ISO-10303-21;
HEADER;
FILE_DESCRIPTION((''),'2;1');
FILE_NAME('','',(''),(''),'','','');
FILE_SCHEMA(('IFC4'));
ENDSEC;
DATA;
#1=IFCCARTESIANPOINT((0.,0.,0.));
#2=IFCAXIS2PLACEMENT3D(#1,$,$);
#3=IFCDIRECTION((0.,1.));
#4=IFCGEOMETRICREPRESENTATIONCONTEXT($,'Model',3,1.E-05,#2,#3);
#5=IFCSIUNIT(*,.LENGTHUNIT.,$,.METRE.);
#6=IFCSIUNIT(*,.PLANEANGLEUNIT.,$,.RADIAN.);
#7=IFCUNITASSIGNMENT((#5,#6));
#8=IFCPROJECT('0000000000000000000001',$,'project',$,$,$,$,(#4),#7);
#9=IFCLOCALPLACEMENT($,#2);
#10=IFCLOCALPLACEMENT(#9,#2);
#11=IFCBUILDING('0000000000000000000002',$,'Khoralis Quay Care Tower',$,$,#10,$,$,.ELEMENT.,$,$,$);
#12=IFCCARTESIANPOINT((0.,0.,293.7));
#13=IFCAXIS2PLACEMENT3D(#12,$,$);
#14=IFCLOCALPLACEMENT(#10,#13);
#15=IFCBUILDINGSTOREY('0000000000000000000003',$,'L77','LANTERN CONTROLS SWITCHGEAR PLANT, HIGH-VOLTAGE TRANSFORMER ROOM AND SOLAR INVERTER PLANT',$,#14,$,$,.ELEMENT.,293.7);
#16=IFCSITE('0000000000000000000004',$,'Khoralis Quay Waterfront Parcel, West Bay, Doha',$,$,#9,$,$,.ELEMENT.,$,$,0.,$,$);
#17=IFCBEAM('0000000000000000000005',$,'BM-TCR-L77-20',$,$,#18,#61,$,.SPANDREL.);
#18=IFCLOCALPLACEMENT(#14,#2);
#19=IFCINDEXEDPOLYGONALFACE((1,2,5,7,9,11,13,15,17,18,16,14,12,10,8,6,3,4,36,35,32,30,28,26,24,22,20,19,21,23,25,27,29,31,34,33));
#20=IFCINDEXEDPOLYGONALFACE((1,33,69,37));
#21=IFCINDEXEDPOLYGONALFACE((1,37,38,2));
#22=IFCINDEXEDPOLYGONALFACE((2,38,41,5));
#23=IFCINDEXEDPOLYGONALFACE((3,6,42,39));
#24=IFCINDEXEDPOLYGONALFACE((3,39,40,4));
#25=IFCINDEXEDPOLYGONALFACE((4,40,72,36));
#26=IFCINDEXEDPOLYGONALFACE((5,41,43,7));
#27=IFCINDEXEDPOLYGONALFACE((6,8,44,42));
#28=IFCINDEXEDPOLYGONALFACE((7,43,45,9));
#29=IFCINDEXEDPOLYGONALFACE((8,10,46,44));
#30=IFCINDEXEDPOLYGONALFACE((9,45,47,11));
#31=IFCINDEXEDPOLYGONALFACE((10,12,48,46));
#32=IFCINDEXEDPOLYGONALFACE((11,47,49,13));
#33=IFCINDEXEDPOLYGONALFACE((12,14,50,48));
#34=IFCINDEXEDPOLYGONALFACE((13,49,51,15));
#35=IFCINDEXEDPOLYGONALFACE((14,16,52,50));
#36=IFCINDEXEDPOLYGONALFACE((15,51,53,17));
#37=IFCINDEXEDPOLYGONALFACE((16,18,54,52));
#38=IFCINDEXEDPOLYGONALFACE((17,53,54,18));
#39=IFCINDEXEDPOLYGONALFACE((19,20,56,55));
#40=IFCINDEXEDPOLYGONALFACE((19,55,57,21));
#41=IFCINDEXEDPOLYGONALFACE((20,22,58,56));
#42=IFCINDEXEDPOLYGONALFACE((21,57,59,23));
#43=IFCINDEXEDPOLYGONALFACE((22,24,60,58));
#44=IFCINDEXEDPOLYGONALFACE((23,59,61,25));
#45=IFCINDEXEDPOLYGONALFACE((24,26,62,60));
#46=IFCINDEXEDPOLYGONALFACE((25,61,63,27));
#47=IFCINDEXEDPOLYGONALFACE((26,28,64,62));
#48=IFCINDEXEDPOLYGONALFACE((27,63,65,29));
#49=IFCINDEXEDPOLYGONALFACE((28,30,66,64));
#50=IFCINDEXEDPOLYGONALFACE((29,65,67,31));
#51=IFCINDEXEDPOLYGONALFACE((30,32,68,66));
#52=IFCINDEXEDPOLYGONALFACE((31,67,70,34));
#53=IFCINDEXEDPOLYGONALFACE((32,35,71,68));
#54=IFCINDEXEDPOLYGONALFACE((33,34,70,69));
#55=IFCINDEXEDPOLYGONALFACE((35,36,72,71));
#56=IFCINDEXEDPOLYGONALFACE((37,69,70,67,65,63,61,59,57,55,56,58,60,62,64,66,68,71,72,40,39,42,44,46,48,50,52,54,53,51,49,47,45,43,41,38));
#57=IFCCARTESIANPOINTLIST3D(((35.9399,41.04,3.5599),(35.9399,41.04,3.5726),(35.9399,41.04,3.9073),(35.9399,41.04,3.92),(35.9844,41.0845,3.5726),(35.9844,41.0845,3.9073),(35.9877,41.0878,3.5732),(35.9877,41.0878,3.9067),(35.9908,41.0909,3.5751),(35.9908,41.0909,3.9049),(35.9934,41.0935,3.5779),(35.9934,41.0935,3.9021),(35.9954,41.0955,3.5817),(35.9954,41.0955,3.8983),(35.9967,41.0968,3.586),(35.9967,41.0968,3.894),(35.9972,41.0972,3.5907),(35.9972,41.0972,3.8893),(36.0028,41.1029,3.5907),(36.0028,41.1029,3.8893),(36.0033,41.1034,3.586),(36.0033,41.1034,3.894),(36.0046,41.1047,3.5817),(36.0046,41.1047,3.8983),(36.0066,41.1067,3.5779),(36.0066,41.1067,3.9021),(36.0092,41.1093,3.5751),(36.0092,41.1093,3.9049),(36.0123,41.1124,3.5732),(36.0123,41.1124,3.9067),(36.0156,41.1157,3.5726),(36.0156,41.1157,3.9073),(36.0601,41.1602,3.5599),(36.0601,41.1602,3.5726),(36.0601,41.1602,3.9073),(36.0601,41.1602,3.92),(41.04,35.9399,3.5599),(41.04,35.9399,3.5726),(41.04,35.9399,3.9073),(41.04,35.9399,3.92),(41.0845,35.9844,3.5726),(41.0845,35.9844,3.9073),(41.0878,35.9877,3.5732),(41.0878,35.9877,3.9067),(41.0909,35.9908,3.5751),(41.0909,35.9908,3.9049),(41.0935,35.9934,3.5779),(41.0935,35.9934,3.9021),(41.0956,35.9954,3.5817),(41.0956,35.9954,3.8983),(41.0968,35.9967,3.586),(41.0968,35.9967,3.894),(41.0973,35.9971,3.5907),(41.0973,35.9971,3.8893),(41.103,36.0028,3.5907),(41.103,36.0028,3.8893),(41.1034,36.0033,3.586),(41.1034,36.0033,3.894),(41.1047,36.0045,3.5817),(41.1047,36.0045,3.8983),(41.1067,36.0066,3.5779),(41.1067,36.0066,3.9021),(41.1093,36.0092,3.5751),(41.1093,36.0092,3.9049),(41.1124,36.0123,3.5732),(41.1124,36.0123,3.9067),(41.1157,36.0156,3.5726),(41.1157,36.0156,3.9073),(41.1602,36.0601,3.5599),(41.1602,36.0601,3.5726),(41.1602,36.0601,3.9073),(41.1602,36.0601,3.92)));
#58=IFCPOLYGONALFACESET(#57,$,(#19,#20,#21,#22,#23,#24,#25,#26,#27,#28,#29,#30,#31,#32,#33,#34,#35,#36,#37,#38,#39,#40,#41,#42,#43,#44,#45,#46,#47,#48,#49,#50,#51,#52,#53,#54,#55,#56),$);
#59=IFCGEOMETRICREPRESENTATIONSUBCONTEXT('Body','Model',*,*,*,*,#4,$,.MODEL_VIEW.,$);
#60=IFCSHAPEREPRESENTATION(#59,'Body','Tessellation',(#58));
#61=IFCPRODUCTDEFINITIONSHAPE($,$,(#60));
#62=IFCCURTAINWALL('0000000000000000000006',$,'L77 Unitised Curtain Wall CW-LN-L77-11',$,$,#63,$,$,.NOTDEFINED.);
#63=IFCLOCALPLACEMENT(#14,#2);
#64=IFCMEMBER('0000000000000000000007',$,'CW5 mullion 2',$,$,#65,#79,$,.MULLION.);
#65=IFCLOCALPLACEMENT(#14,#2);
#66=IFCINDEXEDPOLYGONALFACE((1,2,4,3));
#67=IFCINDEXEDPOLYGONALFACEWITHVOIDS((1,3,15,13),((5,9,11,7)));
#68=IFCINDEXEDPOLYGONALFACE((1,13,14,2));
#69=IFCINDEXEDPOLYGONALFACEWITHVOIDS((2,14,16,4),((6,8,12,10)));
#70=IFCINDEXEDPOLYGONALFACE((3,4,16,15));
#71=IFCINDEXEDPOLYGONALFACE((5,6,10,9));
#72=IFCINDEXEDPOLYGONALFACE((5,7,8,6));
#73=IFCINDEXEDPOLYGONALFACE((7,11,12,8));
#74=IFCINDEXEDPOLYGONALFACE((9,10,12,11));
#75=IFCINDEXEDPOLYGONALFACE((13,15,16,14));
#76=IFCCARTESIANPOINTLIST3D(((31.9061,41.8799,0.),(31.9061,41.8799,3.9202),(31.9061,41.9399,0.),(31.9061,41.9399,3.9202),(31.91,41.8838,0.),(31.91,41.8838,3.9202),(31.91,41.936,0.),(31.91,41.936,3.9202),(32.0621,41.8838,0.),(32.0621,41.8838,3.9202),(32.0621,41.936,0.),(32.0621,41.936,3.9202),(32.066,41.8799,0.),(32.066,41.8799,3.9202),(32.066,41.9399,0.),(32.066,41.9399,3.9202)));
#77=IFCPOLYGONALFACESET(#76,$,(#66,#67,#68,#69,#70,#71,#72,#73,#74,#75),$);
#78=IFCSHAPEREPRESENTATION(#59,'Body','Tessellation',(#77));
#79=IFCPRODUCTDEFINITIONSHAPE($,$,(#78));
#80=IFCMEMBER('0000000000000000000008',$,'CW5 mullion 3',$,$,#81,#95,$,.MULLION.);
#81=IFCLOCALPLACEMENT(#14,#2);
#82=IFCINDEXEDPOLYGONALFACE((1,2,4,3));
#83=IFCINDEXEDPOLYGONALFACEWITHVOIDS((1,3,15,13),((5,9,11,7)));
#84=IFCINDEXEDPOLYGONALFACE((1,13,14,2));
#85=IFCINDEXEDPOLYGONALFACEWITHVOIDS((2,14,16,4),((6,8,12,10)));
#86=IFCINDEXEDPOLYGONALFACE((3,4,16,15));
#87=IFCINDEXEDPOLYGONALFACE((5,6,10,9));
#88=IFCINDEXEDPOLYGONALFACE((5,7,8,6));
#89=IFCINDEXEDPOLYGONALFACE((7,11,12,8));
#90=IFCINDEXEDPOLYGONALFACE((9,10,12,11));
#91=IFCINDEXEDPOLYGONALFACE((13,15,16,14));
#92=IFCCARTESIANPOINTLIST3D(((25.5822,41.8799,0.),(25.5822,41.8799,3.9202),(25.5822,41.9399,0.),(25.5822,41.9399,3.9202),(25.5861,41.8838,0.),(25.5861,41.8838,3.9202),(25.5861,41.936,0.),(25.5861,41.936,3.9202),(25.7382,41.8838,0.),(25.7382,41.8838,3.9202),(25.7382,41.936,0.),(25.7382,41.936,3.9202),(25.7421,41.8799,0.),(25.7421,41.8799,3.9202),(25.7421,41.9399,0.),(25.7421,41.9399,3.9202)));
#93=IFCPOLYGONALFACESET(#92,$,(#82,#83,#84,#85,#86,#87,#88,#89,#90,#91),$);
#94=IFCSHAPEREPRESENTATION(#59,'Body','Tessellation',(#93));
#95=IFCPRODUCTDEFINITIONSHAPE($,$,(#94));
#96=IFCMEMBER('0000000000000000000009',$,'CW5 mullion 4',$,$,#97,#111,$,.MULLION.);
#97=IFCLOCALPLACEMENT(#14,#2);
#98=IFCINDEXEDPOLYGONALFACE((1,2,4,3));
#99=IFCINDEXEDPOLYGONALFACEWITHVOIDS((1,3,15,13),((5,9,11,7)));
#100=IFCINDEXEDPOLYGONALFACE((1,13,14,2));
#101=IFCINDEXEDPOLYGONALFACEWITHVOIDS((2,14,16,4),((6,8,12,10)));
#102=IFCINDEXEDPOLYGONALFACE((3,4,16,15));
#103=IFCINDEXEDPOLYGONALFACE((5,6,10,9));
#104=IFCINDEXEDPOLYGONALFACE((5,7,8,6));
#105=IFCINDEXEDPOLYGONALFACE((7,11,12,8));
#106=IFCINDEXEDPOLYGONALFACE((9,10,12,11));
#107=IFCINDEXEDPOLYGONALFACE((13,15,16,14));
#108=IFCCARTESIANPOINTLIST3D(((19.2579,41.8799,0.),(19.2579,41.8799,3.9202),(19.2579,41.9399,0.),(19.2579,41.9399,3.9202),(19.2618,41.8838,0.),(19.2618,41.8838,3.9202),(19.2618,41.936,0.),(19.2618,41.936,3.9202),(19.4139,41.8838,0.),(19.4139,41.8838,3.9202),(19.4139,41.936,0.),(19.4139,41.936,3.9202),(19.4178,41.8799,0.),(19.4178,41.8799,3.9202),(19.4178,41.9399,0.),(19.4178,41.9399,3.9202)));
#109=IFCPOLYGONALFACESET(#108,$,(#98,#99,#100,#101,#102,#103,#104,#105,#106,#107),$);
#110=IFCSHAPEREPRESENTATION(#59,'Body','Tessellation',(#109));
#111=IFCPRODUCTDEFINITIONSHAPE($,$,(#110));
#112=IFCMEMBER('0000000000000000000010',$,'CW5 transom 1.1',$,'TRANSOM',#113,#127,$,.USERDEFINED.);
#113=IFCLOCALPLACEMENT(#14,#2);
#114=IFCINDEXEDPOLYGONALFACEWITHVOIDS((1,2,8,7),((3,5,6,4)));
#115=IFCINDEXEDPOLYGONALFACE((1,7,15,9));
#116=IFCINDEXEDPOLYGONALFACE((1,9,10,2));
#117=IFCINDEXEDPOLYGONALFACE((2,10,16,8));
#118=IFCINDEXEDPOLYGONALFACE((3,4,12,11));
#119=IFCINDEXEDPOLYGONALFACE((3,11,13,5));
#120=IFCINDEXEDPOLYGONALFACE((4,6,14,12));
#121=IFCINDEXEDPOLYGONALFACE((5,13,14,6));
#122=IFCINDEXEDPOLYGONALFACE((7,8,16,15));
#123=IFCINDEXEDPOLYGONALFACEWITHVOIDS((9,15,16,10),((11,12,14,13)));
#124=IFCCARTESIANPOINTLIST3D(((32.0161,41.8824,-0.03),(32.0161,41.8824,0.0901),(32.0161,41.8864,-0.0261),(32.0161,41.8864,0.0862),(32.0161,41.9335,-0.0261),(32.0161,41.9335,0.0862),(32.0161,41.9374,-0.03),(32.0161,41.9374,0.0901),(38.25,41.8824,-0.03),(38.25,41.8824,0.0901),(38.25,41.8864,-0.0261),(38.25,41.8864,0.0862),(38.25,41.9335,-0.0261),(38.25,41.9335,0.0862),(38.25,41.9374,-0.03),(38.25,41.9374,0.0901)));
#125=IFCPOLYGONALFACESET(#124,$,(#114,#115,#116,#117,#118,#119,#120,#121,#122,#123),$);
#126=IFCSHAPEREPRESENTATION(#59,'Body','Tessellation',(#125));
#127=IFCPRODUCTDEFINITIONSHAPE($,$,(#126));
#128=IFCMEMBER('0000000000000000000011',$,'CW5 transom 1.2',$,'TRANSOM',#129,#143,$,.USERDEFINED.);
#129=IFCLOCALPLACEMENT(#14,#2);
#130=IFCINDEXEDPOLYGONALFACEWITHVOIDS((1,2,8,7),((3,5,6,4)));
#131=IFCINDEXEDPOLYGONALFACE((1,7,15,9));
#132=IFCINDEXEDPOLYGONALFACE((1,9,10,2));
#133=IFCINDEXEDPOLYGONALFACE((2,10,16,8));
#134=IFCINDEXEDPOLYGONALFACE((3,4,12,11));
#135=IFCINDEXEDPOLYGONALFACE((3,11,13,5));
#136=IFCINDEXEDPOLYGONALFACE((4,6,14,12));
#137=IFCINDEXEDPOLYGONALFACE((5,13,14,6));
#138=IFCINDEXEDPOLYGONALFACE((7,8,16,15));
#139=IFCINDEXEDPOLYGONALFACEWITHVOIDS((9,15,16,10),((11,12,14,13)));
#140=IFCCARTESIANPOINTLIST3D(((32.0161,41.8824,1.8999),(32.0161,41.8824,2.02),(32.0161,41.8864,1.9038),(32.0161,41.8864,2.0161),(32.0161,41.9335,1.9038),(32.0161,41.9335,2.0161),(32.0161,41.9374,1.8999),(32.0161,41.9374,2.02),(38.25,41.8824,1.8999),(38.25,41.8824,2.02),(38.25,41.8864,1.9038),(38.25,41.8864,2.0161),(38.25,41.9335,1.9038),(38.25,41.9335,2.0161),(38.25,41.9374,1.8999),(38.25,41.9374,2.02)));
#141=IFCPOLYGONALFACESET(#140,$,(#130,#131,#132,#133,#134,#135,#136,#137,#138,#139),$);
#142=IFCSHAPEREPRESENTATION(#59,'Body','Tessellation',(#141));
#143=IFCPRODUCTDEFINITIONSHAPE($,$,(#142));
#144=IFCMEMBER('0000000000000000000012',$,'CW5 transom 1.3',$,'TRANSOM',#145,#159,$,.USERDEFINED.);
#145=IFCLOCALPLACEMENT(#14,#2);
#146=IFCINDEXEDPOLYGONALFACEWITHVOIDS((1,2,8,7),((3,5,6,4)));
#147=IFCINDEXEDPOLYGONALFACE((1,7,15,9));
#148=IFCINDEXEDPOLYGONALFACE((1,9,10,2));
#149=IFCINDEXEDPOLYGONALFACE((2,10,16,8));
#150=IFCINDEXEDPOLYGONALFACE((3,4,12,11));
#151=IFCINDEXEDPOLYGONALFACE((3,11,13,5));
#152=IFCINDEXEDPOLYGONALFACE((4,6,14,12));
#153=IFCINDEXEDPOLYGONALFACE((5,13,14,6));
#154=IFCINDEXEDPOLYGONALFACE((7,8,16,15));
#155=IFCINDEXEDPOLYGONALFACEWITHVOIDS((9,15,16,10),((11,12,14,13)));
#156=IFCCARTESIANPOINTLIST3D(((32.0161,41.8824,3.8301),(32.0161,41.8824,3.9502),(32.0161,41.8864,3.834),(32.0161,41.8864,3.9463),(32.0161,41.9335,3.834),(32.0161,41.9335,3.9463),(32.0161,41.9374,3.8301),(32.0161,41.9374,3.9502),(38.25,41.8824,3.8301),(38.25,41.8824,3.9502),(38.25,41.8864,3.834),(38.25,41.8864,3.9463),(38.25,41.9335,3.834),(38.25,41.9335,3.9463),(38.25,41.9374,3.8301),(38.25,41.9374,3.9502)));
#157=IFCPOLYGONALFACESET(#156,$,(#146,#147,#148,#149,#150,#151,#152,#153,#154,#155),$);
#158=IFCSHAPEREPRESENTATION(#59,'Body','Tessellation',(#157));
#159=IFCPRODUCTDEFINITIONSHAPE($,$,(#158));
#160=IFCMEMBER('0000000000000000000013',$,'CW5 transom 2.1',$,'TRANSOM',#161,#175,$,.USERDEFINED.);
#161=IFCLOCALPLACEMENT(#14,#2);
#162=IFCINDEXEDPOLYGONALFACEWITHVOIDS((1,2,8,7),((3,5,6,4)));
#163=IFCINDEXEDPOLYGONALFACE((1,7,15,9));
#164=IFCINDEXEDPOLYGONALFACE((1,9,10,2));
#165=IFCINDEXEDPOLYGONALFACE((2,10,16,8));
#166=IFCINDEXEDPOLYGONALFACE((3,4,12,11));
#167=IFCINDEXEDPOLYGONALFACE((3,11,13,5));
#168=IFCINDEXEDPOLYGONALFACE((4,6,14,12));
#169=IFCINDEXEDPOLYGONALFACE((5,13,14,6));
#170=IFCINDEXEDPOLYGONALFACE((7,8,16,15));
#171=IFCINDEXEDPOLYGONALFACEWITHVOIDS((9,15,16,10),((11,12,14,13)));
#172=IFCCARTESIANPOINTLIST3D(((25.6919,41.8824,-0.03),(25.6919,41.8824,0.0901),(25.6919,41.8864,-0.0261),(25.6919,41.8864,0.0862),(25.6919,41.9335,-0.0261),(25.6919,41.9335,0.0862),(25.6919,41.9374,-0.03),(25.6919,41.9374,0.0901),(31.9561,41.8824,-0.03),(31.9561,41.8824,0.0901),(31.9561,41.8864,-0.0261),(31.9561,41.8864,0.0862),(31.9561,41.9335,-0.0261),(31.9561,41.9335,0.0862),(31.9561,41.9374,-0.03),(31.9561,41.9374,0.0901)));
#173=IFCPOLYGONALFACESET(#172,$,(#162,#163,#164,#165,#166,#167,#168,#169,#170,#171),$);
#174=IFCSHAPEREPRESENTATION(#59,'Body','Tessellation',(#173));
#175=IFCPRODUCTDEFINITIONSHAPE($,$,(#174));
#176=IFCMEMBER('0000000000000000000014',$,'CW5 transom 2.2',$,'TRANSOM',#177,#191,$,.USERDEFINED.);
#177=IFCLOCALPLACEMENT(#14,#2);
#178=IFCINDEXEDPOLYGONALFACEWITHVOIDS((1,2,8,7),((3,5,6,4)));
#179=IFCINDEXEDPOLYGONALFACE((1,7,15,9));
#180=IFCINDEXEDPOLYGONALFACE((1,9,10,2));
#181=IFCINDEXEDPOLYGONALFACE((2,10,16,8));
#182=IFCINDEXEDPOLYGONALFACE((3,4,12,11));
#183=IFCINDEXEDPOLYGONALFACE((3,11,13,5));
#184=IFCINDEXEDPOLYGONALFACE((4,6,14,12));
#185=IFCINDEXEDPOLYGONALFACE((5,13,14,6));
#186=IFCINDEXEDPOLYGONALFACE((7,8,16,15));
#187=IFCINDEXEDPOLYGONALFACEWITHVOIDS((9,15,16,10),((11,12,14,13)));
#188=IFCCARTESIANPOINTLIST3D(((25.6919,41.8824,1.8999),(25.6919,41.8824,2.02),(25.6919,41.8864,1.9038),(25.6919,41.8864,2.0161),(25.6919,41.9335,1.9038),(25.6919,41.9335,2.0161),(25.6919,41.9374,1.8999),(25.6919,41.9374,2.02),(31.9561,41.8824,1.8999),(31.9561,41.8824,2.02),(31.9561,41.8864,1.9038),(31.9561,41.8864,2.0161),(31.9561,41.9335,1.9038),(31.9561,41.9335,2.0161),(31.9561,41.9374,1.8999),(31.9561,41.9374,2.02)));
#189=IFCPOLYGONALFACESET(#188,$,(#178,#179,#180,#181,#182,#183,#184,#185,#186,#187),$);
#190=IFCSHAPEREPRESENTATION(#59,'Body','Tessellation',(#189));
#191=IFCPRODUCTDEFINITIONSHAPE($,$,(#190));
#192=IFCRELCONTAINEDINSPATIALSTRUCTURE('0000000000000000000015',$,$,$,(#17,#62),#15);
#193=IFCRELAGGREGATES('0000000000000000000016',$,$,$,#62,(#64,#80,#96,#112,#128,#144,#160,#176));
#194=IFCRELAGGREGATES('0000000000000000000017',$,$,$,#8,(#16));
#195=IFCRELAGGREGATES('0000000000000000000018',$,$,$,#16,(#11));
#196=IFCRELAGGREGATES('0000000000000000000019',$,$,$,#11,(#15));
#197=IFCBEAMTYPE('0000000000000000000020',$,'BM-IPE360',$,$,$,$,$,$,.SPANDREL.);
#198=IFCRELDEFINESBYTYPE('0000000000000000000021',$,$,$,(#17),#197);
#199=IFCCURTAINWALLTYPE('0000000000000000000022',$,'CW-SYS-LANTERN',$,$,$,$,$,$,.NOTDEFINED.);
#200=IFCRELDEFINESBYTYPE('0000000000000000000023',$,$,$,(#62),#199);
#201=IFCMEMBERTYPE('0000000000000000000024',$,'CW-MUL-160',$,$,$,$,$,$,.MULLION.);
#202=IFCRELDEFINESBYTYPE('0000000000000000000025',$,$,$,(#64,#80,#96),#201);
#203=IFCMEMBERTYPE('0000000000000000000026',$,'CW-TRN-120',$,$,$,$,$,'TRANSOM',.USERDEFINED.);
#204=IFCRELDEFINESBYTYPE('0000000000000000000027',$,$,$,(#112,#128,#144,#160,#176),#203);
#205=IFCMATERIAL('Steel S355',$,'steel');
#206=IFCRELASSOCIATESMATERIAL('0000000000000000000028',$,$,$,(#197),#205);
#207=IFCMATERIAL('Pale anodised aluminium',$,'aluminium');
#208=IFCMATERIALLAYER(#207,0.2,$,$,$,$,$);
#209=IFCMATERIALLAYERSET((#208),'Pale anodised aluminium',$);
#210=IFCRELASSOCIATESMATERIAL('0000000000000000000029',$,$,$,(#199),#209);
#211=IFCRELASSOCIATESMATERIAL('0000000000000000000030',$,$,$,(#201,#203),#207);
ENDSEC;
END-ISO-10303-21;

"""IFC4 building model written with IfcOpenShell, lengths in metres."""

from ifc_helpers import new_model, si_unit, direction, frame, origin, origin_2d, place, context, subcontext, project, spatial, hollow_rectangle, i_section, extrude, source, transform, mapped, material, layer, layer_set, material_profile, profile_set, type_object, element, aggregate, save


model = new_model("IFC4")

# Units and contexts
model_context = context("Model", 3, precision=1e-05, world=origin(), true_north=direction((0.0, 1.0)))
body_context = subcontext(model_context, "Body", "Model", "MODEL_VIEW")
ifc_project = project(units=[si_unit("LENGTHUNIT", "METRE"), si_unit("PLANEANGLEUNIT", "RADIAN")], contexts=[model_context])

# Site, building, storey
site_placement = place(None, origin())
site = spatial("IfcSite", under=ifc_project, at=site_placement, Name="Khoralis Quay Waterfront Parcel, West Bay, Doha", CompositionType="ELEMENT", RefElevation=0.0)
building_placement = place(site_placement, origin())
building = spatial("IfcBuilding", under=site, at=building_placement, Name="Khoralis Quay Care Tower", CompositionType="ELEMENT")
storey_placement = place(building_placement, frame((0.0, 0.0, 293.7)))
storey = spatial("IfcBuildingStorey", under=building, at=storey_placement, Name="L77", Description="LANTERN CONTROLS SWITCHGEAR PLANT, HIGH-VOLTAGE TRANSFORMER ROOM AND SOLAR INVERTER PLANT", CompositionType="ELEMENT", Elevation=293.7)

# Beam
ifc_material_1 = material(Name="Steel S355", Category="steel")
ifc_material_profile_1 = material_profile(ifc_material_1, i_section(OverallWidth=0.1699, OverallDepth=0.3601, WebThickness=0.0081, FlangeThickness=0.0127, FilletRadius=0.0181, at=origin_2d()), Name="Steel S355")
ifc_profile_set_1 = profile_set([ifc_material_profile_1], Name="Steel S355")
beam_type = type_object("IfcBeamType", Name="BM-IPE360", PredefinedType="SPANDREL", material=ifc_profile_set_1)
shared_shape_1 = source(origin(), body_context, "Body", "SweptSolid", [
    extrude(i_section(OverallWidth=0.1699, OverallDepth=0.3601, WebThickness=0.0081, FlangeThickness=0.0127, FilletRadius=0.0181, at=origin_2d()), origin(), (0.0, 0.0, 1.0), 7.2126),
])
beam_1_placement = place(storey_placement, frame((36.0, 41.1001, 3.74), z_axis=(0.707107, -0.707107, 0.0), x_axis=(0.707107, 0.707107, 0.0)))
element("IfcBeam", 1, at=beam_1_placement, inside=storey, type_object=beam_type, Name="BM-TCR-L77-20", PredefinedType="SPANDREL", context=body_context, shape_type="MappedRepresentation", body=[
    mapped(shared_shape_1, transform((0.0, 0.0, 0.0), scale=1.0)),
])

# Curtain wall, members
ifc_material_2 = material(Name="Pale anodised aluminium", Category="aluminium")
ifc_layer_1 = layer(ifc_material_2, 0.2)
ifc_layer_set_1 = layer_set([ifc_layer_1], Name="Pale anodised aluminium")
curtain_wall_type = type_object("IfcCurtainWallType", Name="CW-SYS-LANTERN", PredefinedType="NOTDEFINED", material=ifc_layer_set_1)
curtain_wall_placement = place(storey_placement, origin())
curtain_wall = element("IfcCurtainWall", 2, at=curtain_wall_placement, inside=storey, type_object=curtain_wall_type, Name="L77 Unitised Curtain Wall CW-LN-L77-11", PredefinedType="NOTDEFINED")
ifc_material_profile_2 = material_profile(ifc_material_2, hollow_rectangle(XDim=0.0601, YDim=0.1599, WallThickness=0.0039, at=origin_2d()), Name="Pale anodised aluminium")
ifc_profile_set_2 = profile_set([ifc_material_profile_2], Name="Pale anodised aluminium")
member_type_1 = type_object("IfcMemberType", Name="CW-MUL-160", PredefinedType="MULLION", material=ifc_profile_set_2)
shared_shape_2 = source(origin(), body_context, "Body", "SweptSolid", [
    extrude(hollow_rectangle(XDim=0.0601, YDim=0.1599, WallThickness=0.0039, at=origin_2d()), origin(), (0.0, 0.0, 1.0), 3.9202),
])
member_1_placement = place(storey_placement, frame((31.9861, 41.9099, 0.0), z_axis=(0.0, 0.0, 1.0), x_axis=(0.0, -1.0, 0.0)))
member_1 = element("IfcMember", 3, at=member_1_placement, type_object=member_type_1, Name="CW5 mullion 2", PredefinedType="MULLION", context=body_context, shape_type="MappedRepresentation", body=[
    mapped(shared_shape_2, transform((0.0, 0.0, 0.0), scale=1.0)),
])
member_2_placement = place(storey_placement, frame((25.6621, 41.9099, 0.0), z_axis=(0.0, 0.0, 1.0), x_axis=(0.0, -1.0, 0.0)))
member_2 = element("IfcMember", 4, at=member_2_placement, type_object=member_type_1, Name="CW5 mullion 3", PredefinedType="MULLION", context=body_context, shape_type="MappedRepresentation", body=[
    mapped(shared_shape_2, transform((0.0, 0.0, 0.0), scale=1.0)),
])
member_3_placement = place(storey_placement, frame((19.3379, 41.9099, 0.0), z_axis=(0.0, 0.0, 1.0), x_axis=(0.0, -1.0, 0.0)))
member_3 = element("IfcMember", 5, at=member_3_placement, type_object=member_type_1, Name="CW5 mullion 4", PredefinedType="MULLION", context=body_context, shape_type="MappedRepresentation", body=[
    mapped(shared_shape_2, transform((0.0, 0.0, 0.0), scale=1.0)),
])
ifc_material_profile_3 = material_profile(ifc_material_2, hollow_rectangle(XDim=0.0549, YDim=0.1201, WallThickness=0.0039, at=origin_2d()), Name="Pale anodised aluminium")
ifc_profile_set_3 = profile_set([ifc_material_profile_3], Name="Pale anodised aluminium")
member_type_2 = type_object("IfcMemberType", Name="CW-TRN-120", ElementType="TRANSOM", PredefinedType="USERDEFINED", material=ifc_profile_set_3)
shared_shape_3 = source(origin(), body_context, "Body", "SweptSolid", [
    extrude(hollow_rectangle(XDim=0.0549, YDim=0.1201, WallThickness=0.0039, at=origin_2d()), origin(), (0.0, 0.0, 1.0), 6.2339),
])
member_4_placement = place(storey_placement, frame((38.25, 41.9099, 0.03), z_axis=(-1.0, 0.0, 0.0), x_axis=(0.0, -1.0, 0.0)))
member_4 = element("IfcMember", 6, at=member_4_placement, type_object=member_type_2, Name="CW5 transom 1.1", ObjectType="TRANSOM", PredefinedType="USERDEFINED", context=body_context, shape_type="MappedRepresentation", body=[
    mapped(shared_shape_3, transform((0.0, 0.0, 0.0), scale=1.0)),
])
member_5_placement = place(storey_placement, frame((38.25, 41.9099, 1.96), z_axis=(-1.0, 0.0, 0.0), x_axis=(0.0, -1.0, 0.0)))
member_5 = element("IfcMember", 7, at=member_5_placement, type_object=member_type_2, Name="CW5 transom 1.2", ObjectType="TRANSOM", PredefinedType="USERDEFINED", context=body_context, shape_type="MappedRepresentation", body=[
    mapped(shared_shape_3, transform((0.0, 0.0, 0.0), scale=1.0)),
])
member_6_placement = place(storey_placement, frame((38.25, 41.9099, 3.8901), z_axis=(-1.0, 0.0, 0.0), x_axis=(0.0, -1.0, 0.0)))
member_6 = element("IfcMember", 8, at=member_6_placement, type_object=member_type_2, Name="CW5 transom 1.3", ObjectType="TRANSOM", PredefinedType="USERDEFINED", context=body_context, shape_type="MappedRepresentation", body=[
    mapped(shared_shape_3, transform((0.0, 0.0, 0.0), scale=1.0)),
])
shared_shape_4 = source(origin(), body_context, "Body", "SweptSolid", [
    extrude(hollow_rectangle(XDim=0.0549, YDim=0.1201, WallThickness=0.0039, at=origin_2d()), origin(), (0.0, 0.0, 1.0), 6.2642),
])
member_7_placement = place(storey_placement, frame((31.9561, 41.9099, 0.03), z_axis=(-1.0, 0.0, 0.0), x_axis=(0.0, -1.0, 0.0)))
member_7 = element("IfcMember", 9, at=member_7_placement, type_object=member_type_2, Name="CW5 transom 2.1", ObjectType="TRANSOM", PredefinedType="USERDEFINED", context=body_context, shape_type="MappedRepresentation", body=[
    mapped(shared_shape_4, transform((0.0, 0.0, 0.0), scale=1.0)),
])
member_8_placement = place(storey_placement, frame((31.9561, 41.9099, 1.96), z_axis=(-1.0, 0.0, 0.0), x_axis=(0.0, -1.0, 0.0)))
member_8 = element("IfcMember", 10, at=member_8_placement, type_object=member_type_2, Name="CW5 transom 2.2", ObjectType="TRANSOM", PredefinedType="USERDEFINED", context=body_context, shape_type="MappedRepresentation", body=[
    mapped(shared_shape_4, transform((0.0, 0.0, 0.0), scale=1.0)),
])

aggregate(curtain_wall, [member_1, member_2, member_3, member_4, member_5, member_6, member_7, member_8])

save(model, "model.ifc")
